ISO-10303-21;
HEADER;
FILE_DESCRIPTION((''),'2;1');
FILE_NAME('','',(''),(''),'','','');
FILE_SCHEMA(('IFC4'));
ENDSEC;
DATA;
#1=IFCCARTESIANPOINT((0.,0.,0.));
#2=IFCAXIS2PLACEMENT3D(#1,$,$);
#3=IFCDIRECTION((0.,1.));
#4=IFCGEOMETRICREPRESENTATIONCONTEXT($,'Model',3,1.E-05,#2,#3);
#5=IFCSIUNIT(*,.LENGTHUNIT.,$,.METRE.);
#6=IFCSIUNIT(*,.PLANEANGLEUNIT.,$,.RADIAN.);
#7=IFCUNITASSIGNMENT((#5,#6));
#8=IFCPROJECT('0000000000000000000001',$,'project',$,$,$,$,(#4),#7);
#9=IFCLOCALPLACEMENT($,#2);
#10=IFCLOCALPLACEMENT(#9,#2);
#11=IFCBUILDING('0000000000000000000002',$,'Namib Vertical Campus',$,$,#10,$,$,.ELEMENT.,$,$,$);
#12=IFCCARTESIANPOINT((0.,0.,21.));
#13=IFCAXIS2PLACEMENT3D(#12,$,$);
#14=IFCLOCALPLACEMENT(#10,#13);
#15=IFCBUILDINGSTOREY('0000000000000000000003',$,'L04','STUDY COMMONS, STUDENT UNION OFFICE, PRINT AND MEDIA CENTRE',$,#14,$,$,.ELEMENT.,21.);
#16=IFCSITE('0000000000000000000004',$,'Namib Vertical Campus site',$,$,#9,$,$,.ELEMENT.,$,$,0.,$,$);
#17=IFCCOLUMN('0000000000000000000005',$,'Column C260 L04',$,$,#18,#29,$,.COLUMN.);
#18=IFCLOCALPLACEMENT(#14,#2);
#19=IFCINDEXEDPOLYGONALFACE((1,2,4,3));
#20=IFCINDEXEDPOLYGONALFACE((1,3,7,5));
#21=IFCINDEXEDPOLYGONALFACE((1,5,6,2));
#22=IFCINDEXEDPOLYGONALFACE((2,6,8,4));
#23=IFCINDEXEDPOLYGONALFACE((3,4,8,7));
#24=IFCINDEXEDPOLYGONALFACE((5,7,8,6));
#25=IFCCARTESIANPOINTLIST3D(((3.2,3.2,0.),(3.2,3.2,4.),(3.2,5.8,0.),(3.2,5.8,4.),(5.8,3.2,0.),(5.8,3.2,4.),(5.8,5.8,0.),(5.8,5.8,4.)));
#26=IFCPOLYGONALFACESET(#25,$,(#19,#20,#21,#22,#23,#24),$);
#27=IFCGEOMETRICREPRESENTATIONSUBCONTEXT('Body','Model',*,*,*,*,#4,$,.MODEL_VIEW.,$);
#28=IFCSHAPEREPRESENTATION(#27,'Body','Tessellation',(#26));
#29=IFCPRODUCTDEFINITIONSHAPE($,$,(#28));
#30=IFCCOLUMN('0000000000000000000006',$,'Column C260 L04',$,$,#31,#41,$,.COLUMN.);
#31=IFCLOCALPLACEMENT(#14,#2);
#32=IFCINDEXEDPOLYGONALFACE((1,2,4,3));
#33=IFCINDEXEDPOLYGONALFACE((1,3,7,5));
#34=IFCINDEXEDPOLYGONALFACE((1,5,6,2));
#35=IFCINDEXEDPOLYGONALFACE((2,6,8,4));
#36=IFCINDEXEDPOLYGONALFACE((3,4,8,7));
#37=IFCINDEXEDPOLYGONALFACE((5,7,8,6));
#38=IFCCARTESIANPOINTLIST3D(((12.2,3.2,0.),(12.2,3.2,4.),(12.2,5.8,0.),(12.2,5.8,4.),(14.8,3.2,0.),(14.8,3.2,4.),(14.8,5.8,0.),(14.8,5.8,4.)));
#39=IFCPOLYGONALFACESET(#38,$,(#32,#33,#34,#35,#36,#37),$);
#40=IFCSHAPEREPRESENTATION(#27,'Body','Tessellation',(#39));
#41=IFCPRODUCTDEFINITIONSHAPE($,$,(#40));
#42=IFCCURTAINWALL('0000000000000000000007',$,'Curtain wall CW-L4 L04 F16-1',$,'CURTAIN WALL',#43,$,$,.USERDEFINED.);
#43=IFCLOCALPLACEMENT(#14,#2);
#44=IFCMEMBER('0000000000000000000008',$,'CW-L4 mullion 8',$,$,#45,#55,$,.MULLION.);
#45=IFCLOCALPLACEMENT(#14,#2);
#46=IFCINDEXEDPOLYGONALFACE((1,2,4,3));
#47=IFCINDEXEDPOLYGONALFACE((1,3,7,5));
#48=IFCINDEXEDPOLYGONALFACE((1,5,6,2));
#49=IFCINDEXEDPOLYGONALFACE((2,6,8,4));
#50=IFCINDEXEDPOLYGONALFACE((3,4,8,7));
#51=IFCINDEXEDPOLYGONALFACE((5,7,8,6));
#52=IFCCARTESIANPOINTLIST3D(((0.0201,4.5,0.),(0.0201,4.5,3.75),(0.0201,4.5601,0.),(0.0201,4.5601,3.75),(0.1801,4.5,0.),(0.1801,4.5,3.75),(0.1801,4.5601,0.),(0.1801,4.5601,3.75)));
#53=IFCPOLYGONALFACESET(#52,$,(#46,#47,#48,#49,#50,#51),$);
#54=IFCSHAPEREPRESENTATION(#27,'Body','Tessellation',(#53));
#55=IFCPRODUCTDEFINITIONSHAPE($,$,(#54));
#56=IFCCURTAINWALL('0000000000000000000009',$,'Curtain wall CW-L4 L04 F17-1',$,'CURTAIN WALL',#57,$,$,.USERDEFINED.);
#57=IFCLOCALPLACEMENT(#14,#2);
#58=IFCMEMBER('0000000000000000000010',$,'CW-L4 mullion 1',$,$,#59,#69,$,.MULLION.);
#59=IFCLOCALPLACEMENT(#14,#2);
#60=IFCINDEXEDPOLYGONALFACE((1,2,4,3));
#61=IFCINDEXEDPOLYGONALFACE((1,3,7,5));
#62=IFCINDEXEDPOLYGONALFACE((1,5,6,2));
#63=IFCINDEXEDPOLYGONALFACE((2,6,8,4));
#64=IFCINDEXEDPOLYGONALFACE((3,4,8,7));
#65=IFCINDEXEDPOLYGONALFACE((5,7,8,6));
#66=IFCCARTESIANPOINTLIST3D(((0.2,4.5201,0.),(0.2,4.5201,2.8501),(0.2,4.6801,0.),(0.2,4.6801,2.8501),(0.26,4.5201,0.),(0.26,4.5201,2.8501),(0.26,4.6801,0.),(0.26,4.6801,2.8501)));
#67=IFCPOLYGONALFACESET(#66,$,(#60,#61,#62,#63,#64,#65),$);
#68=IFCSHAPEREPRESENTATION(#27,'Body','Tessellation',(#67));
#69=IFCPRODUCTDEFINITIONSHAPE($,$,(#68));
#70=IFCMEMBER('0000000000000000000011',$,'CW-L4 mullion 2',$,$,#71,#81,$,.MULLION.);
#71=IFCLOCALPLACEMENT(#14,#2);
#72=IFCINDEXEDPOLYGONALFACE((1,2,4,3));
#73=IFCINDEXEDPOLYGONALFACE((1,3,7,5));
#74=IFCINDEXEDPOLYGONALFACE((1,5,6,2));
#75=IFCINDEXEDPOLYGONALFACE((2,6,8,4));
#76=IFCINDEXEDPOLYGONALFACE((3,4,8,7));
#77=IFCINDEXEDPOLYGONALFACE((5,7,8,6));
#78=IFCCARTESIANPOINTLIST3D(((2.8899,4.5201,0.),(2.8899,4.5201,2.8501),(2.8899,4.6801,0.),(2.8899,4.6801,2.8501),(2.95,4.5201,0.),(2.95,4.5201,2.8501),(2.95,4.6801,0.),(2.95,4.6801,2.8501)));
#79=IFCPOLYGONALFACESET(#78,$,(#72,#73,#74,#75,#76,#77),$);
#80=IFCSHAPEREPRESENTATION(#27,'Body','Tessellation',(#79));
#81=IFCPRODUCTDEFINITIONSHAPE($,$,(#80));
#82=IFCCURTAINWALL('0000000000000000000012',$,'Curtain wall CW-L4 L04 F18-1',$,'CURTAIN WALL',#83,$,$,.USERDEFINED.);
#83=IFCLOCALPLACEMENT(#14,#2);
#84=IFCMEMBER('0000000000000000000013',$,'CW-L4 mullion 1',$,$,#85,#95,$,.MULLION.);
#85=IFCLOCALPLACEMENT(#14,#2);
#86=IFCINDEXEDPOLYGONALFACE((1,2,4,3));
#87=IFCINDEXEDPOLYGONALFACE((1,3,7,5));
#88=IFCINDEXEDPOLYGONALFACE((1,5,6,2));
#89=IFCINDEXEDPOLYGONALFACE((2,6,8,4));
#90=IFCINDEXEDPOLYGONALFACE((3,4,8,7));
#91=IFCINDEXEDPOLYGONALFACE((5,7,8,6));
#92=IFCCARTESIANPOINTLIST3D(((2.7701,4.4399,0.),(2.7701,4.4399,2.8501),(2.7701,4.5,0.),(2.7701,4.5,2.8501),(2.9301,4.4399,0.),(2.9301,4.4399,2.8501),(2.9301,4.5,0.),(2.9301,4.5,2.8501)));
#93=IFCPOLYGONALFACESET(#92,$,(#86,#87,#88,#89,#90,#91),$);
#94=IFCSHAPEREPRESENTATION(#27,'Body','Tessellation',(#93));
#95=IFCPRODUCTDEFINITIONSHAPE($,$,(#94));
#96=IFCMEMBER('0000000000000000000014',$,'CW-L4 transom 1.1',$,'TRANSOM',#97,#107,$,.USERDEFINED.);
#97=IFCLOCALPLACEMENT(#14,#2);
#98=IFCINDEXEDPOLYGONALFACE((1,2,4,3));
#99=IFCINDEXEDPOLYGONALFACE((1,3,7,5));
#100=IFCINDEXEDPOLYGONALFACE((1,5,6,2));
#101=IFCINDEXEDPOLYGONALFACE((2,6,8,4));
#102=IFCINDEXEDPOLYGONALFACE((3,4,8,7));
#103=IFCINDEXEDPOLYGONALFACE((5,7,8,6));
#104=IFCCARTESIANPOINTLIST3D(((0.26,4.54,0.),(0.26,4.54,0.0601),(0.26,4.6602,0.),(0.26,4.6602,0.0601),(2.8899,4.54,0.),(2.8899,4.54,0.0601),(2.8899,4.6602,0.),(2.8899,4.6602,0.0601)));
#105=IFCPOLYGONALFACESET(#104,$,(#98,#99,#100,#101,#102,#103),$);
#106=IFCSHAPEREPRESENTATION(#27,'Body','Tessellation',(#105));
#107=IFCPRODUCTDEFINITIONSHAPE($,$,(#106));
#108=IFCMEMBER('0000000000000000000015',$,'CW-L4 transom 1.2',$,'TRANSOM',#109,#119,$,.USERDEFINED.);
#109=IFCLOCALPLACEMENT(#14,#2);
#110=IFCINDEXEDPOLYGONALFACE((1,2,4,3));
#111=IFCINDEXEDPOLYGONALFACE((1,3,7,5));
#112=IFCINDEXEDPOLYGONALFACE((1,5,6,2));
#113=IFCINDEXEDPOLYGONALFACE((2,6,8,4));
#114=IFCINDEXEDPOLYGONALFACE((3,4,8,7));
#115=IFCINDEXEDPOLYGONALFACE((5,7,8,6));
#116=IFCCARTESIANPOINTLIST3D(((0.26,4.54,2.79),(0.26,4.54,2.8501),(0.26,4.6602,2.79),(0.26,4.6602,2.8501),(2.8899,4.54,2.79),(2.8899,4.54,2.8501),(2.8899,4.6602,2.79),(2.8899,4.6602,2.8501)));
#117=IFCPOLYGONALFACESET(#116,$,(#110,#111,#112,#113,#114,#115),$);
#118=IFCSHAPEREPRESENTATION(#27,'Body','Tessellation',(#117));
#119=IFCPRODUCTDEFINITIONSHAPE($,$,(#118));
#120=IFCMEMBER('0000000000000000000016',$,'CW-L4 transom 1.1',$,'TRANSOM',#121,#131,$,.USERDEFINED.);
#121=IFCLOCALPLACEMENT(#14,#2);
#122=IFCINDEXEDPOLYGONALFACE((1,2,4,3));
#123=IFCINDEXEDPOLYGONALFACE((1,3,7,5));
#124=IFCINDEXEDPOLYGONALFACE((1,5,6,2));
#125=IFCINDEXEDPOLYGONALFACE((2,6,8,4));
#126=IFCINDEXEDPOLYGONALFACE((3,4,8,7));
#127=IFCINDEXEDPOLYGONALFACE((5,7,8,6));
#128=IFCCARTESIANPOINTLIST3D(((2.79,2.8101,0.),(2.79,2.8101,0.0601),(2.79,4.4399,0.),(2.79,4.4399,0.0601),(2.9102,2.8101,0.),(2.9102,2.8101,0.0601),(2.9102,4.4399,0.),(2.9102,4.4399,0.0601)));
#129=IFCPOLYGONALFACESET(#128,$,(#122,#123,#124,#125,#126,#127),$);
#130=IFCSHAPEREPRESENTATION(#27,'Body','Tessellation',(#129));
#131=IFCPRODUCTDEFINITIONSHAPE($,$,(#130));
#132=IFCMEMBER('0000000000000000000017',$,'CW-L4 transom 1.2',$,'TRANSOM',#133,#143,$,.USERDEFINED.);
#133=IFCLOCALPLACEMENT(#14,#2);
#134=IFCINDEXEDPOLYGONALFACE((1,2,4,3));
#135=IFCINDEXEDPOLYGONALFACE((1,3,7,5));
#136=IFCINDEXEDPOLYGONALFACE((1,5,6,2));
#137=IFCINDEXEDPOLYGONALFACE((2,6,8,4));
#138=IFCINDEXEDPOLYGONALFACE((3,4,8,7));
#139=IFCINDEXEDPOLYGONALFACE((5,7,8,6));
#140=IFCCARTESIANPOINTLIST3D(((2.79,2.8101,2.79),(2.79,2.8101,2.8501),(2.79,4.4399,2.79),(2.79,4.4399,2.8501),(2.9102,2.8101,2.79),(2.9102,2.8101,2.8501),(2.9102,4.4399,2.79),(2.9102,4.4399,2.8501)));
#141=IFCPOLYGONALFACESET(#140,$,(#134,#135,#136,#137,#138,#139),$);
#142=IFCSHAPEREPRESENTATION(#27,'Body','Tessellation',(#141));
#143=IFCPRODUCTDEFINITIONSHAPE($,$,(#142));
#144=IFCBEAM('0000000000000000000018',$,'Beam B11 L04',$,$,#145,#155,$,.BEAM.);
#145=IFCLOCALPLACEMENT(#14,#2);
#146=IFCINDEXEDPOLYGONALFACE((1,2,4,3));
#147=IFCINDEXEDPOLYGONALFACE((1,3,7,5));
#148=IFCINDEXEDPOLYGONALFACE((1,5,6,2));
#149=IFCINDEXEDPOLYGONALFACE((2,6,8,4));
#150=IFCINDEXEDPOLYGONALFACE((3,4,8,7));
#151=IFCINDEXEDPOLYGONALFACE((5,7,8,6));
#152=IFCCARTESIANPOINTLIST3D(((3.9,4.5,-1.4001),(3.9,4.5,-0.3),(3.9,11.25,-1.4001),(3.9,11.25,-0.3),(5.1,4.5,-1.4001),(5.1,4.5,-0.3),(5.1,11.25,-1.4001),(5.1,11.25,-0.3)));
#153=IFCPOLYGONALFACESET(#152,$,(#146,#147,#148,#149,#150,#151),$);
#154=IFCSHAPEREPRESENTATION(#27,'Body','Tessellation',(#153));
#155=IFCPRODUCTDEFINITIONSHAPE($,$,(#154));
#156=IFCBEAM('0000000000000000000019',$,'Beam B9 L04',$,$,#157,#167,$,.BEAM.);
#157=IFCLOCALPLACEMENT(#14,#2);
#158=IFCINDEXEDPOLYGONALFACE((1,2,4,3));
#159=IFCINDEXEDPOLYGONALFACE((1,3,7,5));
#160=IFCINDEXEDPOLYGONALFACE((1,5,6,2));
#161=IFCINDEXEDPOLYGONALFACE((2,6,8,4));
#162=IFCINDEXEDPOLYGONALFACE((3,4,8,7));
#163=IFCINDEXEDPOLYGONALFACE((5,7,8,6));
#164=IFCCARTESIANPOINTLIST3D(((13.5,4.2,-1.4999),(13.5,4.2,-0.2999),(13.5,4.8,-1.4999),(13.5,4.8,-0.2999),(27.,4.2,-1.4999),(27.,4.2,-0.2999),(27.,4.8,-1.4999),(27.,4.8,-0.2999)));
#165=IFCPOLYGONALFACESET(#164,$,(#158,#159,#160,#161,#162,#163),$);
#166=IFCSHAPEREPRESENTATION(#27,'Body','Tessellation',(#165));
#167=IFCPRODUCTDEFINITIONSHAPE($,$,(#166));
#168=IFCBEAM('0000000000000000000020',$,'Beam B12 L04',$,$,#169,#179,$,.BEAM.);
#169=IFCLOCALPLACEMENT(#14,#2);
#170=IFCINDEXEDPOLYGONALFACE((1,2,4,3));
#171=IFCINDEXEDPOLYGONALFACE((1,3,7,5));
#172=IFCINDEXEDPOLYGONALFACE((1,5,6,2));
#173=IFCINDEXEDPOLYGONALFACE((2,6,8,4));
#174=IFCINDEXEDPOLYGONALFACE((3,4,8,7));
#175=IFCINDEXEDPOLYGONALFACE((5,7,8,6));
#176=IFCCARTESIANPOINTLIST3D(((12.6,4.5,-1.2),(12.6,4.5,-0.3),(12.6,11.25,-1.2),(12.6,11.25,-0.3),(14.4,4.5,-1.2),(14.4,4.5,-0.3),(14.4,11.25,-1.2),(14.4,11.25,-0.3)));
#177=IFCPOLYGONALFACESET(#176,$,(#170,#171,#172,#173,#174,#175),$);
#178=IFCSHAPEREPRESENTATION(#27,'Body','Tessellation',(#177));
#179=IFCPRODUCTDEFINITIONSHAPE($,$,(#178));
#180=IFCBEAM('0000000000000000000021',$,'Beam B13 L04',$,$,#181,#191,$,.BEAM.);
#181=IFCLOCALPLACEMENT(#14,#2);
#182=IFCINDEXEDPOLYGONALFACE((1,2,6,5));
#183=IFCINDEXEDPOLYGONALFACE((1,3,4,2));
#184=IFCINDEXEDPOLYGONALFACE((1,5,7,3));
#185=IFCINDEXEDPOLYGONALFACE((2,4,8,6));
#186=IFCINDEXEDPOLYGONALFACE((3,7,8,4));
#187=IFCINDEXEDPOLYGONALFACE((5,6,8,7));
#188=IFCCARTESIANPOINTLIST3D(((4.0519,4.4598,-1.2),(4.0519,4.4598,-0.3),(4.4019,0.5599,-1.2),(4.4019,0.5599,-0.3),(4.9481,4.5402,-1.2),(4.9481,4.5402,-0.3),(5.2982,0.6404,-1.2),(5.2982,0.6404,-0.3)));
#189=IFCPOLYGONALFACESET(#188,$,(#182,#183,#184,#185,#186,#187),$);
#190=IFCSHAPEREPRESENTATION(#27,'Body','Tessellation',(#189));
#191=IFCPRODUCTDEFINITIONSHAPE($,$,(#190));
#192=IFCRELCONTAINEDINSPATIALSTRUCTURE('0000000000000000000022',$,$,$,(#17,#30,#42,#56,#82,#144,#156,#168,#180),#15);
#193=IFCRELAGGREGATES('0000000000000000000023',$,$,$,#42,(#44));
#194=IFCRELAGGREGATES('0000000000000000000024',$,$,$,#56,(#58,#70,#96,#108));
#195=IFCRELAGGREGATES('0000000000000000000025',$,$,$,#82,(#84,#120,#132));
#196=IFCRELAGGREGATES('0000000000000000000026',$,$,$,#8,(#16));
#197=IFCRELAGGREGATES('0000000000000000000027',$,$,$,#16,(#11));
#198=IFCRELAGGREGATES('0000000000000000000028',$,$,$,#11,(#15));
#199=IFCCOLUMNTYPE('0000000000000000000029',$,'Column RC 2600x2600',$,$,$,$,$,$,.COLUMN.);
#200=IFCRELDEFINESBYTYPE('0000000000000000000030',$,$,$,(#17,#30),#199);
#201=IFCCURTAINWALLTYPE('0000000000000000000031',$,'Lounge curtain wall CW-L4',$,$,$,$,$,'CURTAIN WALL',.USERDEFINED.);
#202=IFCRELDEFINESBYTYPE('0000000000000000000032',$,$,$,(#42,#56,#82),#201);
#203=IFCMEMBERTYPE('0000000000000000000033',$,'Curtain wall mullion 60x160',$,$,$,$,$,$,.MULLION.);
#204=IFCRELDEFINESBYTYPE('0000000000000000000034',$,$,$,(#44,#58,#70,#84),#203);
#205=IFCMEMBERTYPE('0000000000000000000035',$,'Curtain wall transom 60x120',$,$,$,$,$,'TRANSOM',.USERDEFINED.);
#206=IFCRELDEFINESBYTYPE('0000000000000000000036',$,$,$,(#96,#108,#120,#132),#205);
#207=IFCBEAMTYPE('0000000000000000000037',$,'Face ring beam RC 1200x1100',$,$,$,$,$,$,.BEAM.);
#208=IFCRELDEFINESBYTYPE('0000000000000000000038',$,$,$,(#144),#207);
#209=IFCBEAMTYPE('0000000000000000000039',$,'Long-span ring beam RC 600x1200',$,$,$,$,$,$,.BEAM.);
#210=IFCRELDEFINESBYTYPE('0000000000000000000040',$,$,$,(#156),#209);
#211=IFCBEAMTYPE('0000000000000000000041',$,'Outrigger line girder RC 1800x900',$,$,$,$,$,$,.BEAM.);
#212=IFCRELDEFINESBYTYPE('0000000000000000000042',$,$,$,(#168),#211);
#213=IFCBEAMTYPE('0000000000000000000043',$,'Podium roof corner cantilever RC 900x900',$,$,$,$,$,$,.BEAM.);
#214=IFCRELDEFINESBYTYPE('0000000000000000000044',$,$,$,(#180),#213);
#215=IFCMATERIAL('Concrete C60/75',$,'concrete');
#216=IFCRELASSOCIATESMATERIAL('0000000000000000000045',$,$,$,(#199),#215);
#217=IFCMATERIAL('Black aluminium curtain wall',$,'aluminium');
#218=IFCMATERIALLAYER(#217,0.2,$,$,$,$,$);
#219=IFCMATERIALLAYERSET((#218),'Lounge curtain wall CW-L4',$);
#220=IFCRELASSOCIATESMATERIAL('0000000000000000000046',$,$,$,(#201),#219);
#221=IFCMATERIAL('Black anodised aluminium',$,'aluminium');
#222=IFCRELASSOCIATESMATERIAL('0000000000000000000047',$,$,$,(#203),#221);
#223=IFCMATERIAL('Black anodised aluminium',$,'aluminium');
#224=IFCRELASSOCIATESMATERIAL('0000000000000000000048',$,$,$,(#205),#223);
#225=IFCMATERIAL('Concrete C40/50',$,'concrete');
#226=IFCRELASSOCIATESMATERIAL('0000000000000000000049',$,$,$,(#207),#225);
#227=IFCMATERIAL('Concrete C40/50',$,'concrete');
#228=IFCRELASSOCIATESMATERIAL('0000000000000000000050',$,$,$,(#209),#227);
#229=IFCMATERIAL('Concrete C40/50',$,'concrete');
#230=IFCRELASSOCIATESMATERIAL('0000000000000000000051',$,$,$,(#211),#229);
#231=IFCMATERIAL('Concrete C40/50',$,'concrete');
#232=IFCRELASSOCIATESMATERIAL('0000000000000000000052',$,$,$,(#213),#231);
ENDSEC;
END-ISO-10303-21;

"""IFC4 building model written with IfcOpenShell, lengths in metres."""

from ifc_helpers import new_model, si_unit, direction, frame, origin, origin_2d, place, context, subcontext, project, spatial, rectangle, extrude, material, layer, layer_set, material_profile, profile_set, type_object, element, aggregate, save


model = new_model("IFC4")

# Units and contexts
model_context = context("Model", 3, precision=1e-05, world=origin(), true_north=direction((0.0, 1.0)))
body_context = subcontext(model_context, "Body", "Model", "MODEL_VIEW")
ifc_project = project(units=[si_unit("LENGTHUNIT", "METRE"), si_unit("PLANEANGLEUNIT", "RADIAN")], contexts=[model_context])

# Site, building, storey
site_placement = place(None, origin())
site = spatial("IfcSite", under=ifc_project, at=site_placement, Name="Namib Vertical Campus site", CompositionType="ELEMENT", RefElevation=0.0)
building_placement = place(site_placement, origin())
building = spatial("IfcBuilding", under=site, at=building_placement, Name="Namib Vertical Campus", CompositionType="ELEMENT")
storey_placement = place(building_placement, frame((0.0, 0.0, 21.0)))
storey = spatial("IfcBuildingStorey", under=building, at=storey_placement, Name="L04", Description="STUDY COMMONS, STUDENT UNION OFFICE, PRINT AND MEDIA CENTRE", CompositionType="ELEMENT", Elevation=21.0)

# Columns
ifc_material_1 = material(Name="Concrete C60/75", Category="concrete")
ifc_material_profile_1 = material_profile(ifc_material_1, rectangle(XDim=2.6001, YDim=2.6001, at=origin_2d()))
ifc_profile_set_1 = profile_set([ifc_material_profile_1], Name="Concrete C60/75")
column_type = type_object("IfcColumnType", Name="Column RC 2600x2600", PredefinedType="COLUMN", material=ifc_profile_set_1)
for number, where, z_axis, x_axis, name in (
    (1, (4.5, 4.5, 0.0), (0.0, 0.0, 1.0), (1.0, 0.0, 0.0), "Column C260 L04"),
    (2, (13.5, 4.5, 0.0), (0.0, 0.0, 1.0), (1.0, 0.0, 0.0), "Column C260 L04"),
):
    element("IfcColumn", number, at=place(storey_placement, frame(where, z_axis=z_axis, x_axis=x_axis)), inside=storey, type_object=column_type, Name=name, PredefinedType="COLUMN", context=body_context, shape_type="SweptSolid", body=[
        extrude(rectangle(XDim=2.6001, YDim=2.6001, at=origin_2d()), origin(), (0.0, 0.0, 1.0), 4.0),
    ])

# Curtain wall, member
ifc_material_2 = material(Name="Black aluminium curtain wall", Category="aluminium")
ifc_layer_1 = layer(ifc_material_2, 0.2)
ifc_layer_set_1 = layer_set([ifc_layer_1], Name="Lounge curtain wall CW-L4")
curtain_wall_type = type_object("IfcCurtainWallType", Name="Lounge curtain wall CW-L4", ElementType="CURTAIN WALL", PredefinedType="USERDEFINED", material=ifc_layer_set_1)
curtain_wall_1_placement = place(storey_placement, origin())
curtain_wall_1 = element("IfcCurtainWall", 3, at=curtain_wall_1_placement, inside=storey, type_object=curtain_wall_type, Name="Curtain wall CW-L4 L04 F16-1", ObjectType="CURTAIN WALL", PredefinedType="USERDEFINED")
ifc_material_3 = material(Name="Black anodised aluminium", Category="aluminium")
ifc_material_profile_2 = material_profile(ifc_material_3, rectangle(XDim=0.0601, YDim=0.1599, at=origin_2d()))
ifc_profile_set_2 = profile_set([ifc_material_profile_2], Name="Black anodised aluminium")
member_type_1 = type_object("IfcMemberType", Name="Curtain wall mullion 60x160", PredefinedType="MULLION", material=ifc_profile_set_2)
member_1_placement = place(storey_placement, frame((0.1001, 4.53, 0.0), z_axis=(0.0, 0.0, 1.0), x_axis=(0.0, -1.0, 0.0)))
member_1 = element("IfcMember", 4, at=member_1_placement, type_object=member_type_1, Name="CW-L4 mullion 8", PredefinedType="MULLION", context=body_context, shape_type="SweptSolid", body=[
    extrude(rectangle(XDim=0.0601, YDim=0.1599, at=origin_2d()), origin(), (0.0, 0.0, 1.0), 3.75),
])

# Curtain wall, members
curtain_wall_2_placement = place(storey_placement, origin())
curtain_wall_2 = element("IfcCurtainWall", 5, at=curtain_wall_2_placement, inside=storey, type_object=curtain_wall_type, Name="Curtain wall CW-L4 L04 F17-1", ObjectType="CURTAIN WALL", PredefinedType="USERDEFINED")
member_2_placement = place(storey_placement, frame((0.23, 4.6001, 0.0), z_axis=(0.0, 0.0, 1.0), x_axis=(1.0, 0.0, 0.0)))
member_2 = element("IfcMember", 6, at=member_2_placement, type_object=member_type_1, Name="CW-L4 mullion 1", PredefinedType="MULLION", context=body_context, shape_type="SweptSolid", body=[
    extrude(rectangle(XDim=0.0601, YDim=0.1599, at=origin_2d()), origin(), (0.0, 0.0, 1.0), 2.8501),
])
member_3_placement = place(storey_placement, frame((2.9199, 4.6001, 0.0), z_axis=(0.0, 0.0, 1.0), x_axis=(1.0, 0.0, 0.0)))
member_3 = element("IfcMember", 7, at=member_3_placement, type_object=member_type_1, Name="CW-L4 mullion 2", PredefinedType="MULLION", context=body_context, shape_type="SweptSolid", body=[
    extrude(rectangle(XDim=0.0601, YDim=0.1599, at=origin_2d()), origin(), (0.0, 0.0, 1.0), 2.8501),
])

# Curtain wall, member
curtain_wall_3_placement = place(storey_placement, origin())
curtain_wall_3 = element("IfcCurtainWall", 8, at=curtain_wall_3_placement, inside=storey, type_object=curtain_wall_type, Name="Curtain wall CW-L4 L04 F18-1", ObjectType="CURTAIN WALL", PredefinedType="USERDEFINED")
member_4_placement = place(storey_placement, frame((2.8501, 4.47, 0.0), z_axis=(0.0, 0.0, 1.0), x_axis=(0.0, -1.0, 0.0)))
member_4 = element("IfcMember", 9, at=member_4_placement, type_object=member_type_1, Name="CW-L4 mullion 1", PredefinedType="MULLION", context=body_context, shape_type="SweptSolid", body=[
    extrude(rectangle(XDim=0.0601, YDim=0.1599, at=origin_2d()), origin(), (0.0, 0.0, 1.0), 2.8501),
])

# Members
ifc_material_4 = material(Name="Black anodised aluminium", Category="aluminium")
ifc_material_profile_3 = material_profile(ifc_material_4, rectangle(XDim=0.0601, YDim=0.1201, at=origin_2d()))
ifc_profile_set_3 = profile_set([ifc_material_profile_3], Name="Black anodised aluminium")
member_type_2 = type_object("IfcMemberType", Name="Curtain wall transom 60x120", ElementType="TRANSOM", PredefinedType="USERDEFINED", material=ifc_profile_set_3)
member_5_placement = place(storey_placement, frame((0.26, 4.6001, 0.03), z_axis=(1.0, 0.0, 0.0), x_axis=(0.0, 0.0, 1.0)))
member_5 = element("IfcMember", 10, at=member_5_placement, type_object=member_type_2, Name="CW-L4 transom 1.1", ObjectType="TRANSOM", PredefinedType="USERDEFINED", context=body_context, shape_type="SweptSolid", body=[
    extrude(rectangle(XDim=0.0601, YDim=0.1201, at=origin_2d()), origin(), (0.0, 0.0, 1.0), 2.6299),
])
member_6_placement = place(storey_placement, frame((0.26, 4.6001, 2.8201), z_axis=(1.0, 0.0, 0.0), x_axis=(0.0, 0.0, 1.0)))
member_6 = element("IfcMember", 11, at=member_6_placement, type_object=member_type_2, Name="CW-L4 transom 1.2", ObjectType="TRANSOM", PredefinedType="USERDEFINED", context=body_context, shape_type="SweptSolid", body=[
    extrude(rectangle(XDim=0.0601, YDim=0.1201, at=origin_2d()), origin(), (0.0, 0.0, 1.0), 2.6299),
])
member_7_placement = place(storey_placement, frame((2.8501, 4.4399, 0.03), z_axis=(0.0, -1.0, 0.0), x_axis=(0.0, 0.0, 1.0)))
member_7 = element("IfcMember", 12, at=member_7_placement, type_object=member_type_2, Name="CW-L4 transom 1.1", ObjectType="TRANSOM", PredefinedType="USERDEFINED", context=body_context, shape_type="SweptSolid", body=[
    extrude(rectangle(XDim=0.0601, YDim=0.1201, at=origin_2d()), origin(), (0.0, 0.0, 1.0), 1.6299),
])
member_8_placement = place(storey_placement, frame((2.8501, 4.4399, 2.8201), z_axis=(0.0, -1.0, 0.0), x_axis=(0.0, 0.0, 1.0)))
member_8 = element("IfcMember", 13, at=member_8_placement, type_object=member_type_2, Name="CW-L4 transom 1.2", ObjectType="TRANSOM", PredefinedType="USERDEFINED", context=body_context, shape_type="SweptSolid", body=[
    extrude(rectangle(XDim=0.0601, YDim=0.1201, at=origin_2d()), origin(), (0.0, 0.0, 1.0), 1.6299),
])

# Beams
ifc_material_5 = material(Name="Concrete C40/50", Category="concrete")
ifc_material_profile_4 = material_profile(ifc_material_5, rectangle(XDim=1.2, YDim=1.1001, at=origin_2d()))
ifc_profile_set_4 = profile_set([ifc_material_profile_4], Name="Concrete C40/50")
beam_type_1 = type_object("IfcBeamType", Name="Face ring beam RC 1200x1100", PredefinedType="BEAM", material=ifc_profile_set_4)
beam_1_placement = place(storey_placement, frame((4.5, 4.5, -0.8501), z_axis=(0.0, 1.0, 0.0), x_axis=(-1.0, 0.0, 0.0)))
element("IfcBeam", 14, at=beam_1_placement, inside=storey, type_object=beam_type_1, Name="Beam B11 L04", PredefinedType="BEAM", context=body_context, shape_type="SweptSolid", body=[
    extrude(rectangle(XDim=1.2, YDim=1.1001, at=origin_2d()), origin(), (0.0, 0.0, 1.0), 6.75),
])
ifc_material_6 = material(Name="Concrete C40/50", Category="concrete")
ifc_material_profile_5 = material_profile(ifc_material_6, rectangle(XDim=0.6001, YDim=1.2, at=origin_2d()))
ifc_profile_set_5 = profile_set([ifc_material_profile_5], Name="Concrete C40/50")
beam_type_2 = type_object("IfcBeamType", Name="Long-span ring beam RC 600x1200", PredefinedType="BEAM", material=ifc_profile_set_5)
beam_2_placement = place(storey_placement, frame((13.5, 4.5, -0.8999), z_axis=(1.0, 0.0, 0.0), x_axis=(0.0, 1.0, 0.0)))
element("IfcBeam", 15, at=beam_2_placement, inside=storey, type_object=beam_type_2, Name="Beam B9 L04", PredefinedType="BEAM", context=body_context, shape_type="SweptSolid", body=[
    extrude(rectangle(XDim=0.6001, YDim=1.2, at=origin_2d()), origin(), (0.0, 0.0, 1.0), 13.5),
])
ifc_material_7 = material(Name="Concrete C40/50", Category="concrete")
ifc_material_profile_6 = material_profile(ifc_material_7, rectangle(XDim=1.8, YDim=0.8999, at=origin_2d()))
ifc_profile_set_6 = profile_set([ifc_material_profile_6], Name="Concrete C40/50")
beam_type_3 = type_object("IfcBeamType", Name="Outrigger line girder RC 1800x900", PredefinedType="BEAM", material=ifc_profile_set_6)
beam_3_placement = place(storey_placement, frame((13.5, 4.5, -0.75), z_axis=(0.0, 1.0, 0.0), x_axis=(-1.0, 0.0, 0.0)))
element("IfcBeam", 16, at=beam_3_placement, inside=storey, type_object=beam_type_3, Name="Beam B12 L04", PredefinedType="BEAM", context=body_context, shape_type="SweptSolid", body=[
    extrude(rectangle(XDim=1.8, YDim=0.8999, at=origin_2d()), origin(), (0.0, 0.0, 1.0), 6.75),
])
ifc_material_8 = material(Name="Concrete C40/50", Category="concrete")
ifc_material_profile_7 = material_profile(ifc_material_8, rectangle(XDim=0.8999, YDim=0.8999, at=origin_2d()))
ifc_profile_set_7 = profile_set([ifc_material_profile_7], Name="Concrete C40/50")
beam_type_4 = type_object("IfcBeamType", Name="Podium roof corner cantilever RC 900x900", PredefinedType="BEAM", material=ifc_profile_set_7)
beam_4_placement = place(storey_placement, frame((4.5, 4.5, -0.75), z_axis=(0.089411, -0.995995, 0.0), x_axis=(0.995995, 0.089411, 0.0)))
element("IfcBeam", 17, at=beam_4_placement, inside=storey, type_object=beam_type_4, Name="Beam B13 L04", PredefinedType="BEAM", context=body_context, shape_type="SweptSolid", body=[
    extrude(rectangle(XDim=0.8999, YDim=0.8999, at=origin_2d()), origin(), (0.0, 0.0, 1.0), 3.9155),
])

aggregate(curtain_wall_1, [member_1])
aggregate(curtain_wall_2, [member_2, member_3, member_5, member_6])
aggregate(curtain_wall_3, [member_4, member_7, member_8])

save(model, "model.ifc")
